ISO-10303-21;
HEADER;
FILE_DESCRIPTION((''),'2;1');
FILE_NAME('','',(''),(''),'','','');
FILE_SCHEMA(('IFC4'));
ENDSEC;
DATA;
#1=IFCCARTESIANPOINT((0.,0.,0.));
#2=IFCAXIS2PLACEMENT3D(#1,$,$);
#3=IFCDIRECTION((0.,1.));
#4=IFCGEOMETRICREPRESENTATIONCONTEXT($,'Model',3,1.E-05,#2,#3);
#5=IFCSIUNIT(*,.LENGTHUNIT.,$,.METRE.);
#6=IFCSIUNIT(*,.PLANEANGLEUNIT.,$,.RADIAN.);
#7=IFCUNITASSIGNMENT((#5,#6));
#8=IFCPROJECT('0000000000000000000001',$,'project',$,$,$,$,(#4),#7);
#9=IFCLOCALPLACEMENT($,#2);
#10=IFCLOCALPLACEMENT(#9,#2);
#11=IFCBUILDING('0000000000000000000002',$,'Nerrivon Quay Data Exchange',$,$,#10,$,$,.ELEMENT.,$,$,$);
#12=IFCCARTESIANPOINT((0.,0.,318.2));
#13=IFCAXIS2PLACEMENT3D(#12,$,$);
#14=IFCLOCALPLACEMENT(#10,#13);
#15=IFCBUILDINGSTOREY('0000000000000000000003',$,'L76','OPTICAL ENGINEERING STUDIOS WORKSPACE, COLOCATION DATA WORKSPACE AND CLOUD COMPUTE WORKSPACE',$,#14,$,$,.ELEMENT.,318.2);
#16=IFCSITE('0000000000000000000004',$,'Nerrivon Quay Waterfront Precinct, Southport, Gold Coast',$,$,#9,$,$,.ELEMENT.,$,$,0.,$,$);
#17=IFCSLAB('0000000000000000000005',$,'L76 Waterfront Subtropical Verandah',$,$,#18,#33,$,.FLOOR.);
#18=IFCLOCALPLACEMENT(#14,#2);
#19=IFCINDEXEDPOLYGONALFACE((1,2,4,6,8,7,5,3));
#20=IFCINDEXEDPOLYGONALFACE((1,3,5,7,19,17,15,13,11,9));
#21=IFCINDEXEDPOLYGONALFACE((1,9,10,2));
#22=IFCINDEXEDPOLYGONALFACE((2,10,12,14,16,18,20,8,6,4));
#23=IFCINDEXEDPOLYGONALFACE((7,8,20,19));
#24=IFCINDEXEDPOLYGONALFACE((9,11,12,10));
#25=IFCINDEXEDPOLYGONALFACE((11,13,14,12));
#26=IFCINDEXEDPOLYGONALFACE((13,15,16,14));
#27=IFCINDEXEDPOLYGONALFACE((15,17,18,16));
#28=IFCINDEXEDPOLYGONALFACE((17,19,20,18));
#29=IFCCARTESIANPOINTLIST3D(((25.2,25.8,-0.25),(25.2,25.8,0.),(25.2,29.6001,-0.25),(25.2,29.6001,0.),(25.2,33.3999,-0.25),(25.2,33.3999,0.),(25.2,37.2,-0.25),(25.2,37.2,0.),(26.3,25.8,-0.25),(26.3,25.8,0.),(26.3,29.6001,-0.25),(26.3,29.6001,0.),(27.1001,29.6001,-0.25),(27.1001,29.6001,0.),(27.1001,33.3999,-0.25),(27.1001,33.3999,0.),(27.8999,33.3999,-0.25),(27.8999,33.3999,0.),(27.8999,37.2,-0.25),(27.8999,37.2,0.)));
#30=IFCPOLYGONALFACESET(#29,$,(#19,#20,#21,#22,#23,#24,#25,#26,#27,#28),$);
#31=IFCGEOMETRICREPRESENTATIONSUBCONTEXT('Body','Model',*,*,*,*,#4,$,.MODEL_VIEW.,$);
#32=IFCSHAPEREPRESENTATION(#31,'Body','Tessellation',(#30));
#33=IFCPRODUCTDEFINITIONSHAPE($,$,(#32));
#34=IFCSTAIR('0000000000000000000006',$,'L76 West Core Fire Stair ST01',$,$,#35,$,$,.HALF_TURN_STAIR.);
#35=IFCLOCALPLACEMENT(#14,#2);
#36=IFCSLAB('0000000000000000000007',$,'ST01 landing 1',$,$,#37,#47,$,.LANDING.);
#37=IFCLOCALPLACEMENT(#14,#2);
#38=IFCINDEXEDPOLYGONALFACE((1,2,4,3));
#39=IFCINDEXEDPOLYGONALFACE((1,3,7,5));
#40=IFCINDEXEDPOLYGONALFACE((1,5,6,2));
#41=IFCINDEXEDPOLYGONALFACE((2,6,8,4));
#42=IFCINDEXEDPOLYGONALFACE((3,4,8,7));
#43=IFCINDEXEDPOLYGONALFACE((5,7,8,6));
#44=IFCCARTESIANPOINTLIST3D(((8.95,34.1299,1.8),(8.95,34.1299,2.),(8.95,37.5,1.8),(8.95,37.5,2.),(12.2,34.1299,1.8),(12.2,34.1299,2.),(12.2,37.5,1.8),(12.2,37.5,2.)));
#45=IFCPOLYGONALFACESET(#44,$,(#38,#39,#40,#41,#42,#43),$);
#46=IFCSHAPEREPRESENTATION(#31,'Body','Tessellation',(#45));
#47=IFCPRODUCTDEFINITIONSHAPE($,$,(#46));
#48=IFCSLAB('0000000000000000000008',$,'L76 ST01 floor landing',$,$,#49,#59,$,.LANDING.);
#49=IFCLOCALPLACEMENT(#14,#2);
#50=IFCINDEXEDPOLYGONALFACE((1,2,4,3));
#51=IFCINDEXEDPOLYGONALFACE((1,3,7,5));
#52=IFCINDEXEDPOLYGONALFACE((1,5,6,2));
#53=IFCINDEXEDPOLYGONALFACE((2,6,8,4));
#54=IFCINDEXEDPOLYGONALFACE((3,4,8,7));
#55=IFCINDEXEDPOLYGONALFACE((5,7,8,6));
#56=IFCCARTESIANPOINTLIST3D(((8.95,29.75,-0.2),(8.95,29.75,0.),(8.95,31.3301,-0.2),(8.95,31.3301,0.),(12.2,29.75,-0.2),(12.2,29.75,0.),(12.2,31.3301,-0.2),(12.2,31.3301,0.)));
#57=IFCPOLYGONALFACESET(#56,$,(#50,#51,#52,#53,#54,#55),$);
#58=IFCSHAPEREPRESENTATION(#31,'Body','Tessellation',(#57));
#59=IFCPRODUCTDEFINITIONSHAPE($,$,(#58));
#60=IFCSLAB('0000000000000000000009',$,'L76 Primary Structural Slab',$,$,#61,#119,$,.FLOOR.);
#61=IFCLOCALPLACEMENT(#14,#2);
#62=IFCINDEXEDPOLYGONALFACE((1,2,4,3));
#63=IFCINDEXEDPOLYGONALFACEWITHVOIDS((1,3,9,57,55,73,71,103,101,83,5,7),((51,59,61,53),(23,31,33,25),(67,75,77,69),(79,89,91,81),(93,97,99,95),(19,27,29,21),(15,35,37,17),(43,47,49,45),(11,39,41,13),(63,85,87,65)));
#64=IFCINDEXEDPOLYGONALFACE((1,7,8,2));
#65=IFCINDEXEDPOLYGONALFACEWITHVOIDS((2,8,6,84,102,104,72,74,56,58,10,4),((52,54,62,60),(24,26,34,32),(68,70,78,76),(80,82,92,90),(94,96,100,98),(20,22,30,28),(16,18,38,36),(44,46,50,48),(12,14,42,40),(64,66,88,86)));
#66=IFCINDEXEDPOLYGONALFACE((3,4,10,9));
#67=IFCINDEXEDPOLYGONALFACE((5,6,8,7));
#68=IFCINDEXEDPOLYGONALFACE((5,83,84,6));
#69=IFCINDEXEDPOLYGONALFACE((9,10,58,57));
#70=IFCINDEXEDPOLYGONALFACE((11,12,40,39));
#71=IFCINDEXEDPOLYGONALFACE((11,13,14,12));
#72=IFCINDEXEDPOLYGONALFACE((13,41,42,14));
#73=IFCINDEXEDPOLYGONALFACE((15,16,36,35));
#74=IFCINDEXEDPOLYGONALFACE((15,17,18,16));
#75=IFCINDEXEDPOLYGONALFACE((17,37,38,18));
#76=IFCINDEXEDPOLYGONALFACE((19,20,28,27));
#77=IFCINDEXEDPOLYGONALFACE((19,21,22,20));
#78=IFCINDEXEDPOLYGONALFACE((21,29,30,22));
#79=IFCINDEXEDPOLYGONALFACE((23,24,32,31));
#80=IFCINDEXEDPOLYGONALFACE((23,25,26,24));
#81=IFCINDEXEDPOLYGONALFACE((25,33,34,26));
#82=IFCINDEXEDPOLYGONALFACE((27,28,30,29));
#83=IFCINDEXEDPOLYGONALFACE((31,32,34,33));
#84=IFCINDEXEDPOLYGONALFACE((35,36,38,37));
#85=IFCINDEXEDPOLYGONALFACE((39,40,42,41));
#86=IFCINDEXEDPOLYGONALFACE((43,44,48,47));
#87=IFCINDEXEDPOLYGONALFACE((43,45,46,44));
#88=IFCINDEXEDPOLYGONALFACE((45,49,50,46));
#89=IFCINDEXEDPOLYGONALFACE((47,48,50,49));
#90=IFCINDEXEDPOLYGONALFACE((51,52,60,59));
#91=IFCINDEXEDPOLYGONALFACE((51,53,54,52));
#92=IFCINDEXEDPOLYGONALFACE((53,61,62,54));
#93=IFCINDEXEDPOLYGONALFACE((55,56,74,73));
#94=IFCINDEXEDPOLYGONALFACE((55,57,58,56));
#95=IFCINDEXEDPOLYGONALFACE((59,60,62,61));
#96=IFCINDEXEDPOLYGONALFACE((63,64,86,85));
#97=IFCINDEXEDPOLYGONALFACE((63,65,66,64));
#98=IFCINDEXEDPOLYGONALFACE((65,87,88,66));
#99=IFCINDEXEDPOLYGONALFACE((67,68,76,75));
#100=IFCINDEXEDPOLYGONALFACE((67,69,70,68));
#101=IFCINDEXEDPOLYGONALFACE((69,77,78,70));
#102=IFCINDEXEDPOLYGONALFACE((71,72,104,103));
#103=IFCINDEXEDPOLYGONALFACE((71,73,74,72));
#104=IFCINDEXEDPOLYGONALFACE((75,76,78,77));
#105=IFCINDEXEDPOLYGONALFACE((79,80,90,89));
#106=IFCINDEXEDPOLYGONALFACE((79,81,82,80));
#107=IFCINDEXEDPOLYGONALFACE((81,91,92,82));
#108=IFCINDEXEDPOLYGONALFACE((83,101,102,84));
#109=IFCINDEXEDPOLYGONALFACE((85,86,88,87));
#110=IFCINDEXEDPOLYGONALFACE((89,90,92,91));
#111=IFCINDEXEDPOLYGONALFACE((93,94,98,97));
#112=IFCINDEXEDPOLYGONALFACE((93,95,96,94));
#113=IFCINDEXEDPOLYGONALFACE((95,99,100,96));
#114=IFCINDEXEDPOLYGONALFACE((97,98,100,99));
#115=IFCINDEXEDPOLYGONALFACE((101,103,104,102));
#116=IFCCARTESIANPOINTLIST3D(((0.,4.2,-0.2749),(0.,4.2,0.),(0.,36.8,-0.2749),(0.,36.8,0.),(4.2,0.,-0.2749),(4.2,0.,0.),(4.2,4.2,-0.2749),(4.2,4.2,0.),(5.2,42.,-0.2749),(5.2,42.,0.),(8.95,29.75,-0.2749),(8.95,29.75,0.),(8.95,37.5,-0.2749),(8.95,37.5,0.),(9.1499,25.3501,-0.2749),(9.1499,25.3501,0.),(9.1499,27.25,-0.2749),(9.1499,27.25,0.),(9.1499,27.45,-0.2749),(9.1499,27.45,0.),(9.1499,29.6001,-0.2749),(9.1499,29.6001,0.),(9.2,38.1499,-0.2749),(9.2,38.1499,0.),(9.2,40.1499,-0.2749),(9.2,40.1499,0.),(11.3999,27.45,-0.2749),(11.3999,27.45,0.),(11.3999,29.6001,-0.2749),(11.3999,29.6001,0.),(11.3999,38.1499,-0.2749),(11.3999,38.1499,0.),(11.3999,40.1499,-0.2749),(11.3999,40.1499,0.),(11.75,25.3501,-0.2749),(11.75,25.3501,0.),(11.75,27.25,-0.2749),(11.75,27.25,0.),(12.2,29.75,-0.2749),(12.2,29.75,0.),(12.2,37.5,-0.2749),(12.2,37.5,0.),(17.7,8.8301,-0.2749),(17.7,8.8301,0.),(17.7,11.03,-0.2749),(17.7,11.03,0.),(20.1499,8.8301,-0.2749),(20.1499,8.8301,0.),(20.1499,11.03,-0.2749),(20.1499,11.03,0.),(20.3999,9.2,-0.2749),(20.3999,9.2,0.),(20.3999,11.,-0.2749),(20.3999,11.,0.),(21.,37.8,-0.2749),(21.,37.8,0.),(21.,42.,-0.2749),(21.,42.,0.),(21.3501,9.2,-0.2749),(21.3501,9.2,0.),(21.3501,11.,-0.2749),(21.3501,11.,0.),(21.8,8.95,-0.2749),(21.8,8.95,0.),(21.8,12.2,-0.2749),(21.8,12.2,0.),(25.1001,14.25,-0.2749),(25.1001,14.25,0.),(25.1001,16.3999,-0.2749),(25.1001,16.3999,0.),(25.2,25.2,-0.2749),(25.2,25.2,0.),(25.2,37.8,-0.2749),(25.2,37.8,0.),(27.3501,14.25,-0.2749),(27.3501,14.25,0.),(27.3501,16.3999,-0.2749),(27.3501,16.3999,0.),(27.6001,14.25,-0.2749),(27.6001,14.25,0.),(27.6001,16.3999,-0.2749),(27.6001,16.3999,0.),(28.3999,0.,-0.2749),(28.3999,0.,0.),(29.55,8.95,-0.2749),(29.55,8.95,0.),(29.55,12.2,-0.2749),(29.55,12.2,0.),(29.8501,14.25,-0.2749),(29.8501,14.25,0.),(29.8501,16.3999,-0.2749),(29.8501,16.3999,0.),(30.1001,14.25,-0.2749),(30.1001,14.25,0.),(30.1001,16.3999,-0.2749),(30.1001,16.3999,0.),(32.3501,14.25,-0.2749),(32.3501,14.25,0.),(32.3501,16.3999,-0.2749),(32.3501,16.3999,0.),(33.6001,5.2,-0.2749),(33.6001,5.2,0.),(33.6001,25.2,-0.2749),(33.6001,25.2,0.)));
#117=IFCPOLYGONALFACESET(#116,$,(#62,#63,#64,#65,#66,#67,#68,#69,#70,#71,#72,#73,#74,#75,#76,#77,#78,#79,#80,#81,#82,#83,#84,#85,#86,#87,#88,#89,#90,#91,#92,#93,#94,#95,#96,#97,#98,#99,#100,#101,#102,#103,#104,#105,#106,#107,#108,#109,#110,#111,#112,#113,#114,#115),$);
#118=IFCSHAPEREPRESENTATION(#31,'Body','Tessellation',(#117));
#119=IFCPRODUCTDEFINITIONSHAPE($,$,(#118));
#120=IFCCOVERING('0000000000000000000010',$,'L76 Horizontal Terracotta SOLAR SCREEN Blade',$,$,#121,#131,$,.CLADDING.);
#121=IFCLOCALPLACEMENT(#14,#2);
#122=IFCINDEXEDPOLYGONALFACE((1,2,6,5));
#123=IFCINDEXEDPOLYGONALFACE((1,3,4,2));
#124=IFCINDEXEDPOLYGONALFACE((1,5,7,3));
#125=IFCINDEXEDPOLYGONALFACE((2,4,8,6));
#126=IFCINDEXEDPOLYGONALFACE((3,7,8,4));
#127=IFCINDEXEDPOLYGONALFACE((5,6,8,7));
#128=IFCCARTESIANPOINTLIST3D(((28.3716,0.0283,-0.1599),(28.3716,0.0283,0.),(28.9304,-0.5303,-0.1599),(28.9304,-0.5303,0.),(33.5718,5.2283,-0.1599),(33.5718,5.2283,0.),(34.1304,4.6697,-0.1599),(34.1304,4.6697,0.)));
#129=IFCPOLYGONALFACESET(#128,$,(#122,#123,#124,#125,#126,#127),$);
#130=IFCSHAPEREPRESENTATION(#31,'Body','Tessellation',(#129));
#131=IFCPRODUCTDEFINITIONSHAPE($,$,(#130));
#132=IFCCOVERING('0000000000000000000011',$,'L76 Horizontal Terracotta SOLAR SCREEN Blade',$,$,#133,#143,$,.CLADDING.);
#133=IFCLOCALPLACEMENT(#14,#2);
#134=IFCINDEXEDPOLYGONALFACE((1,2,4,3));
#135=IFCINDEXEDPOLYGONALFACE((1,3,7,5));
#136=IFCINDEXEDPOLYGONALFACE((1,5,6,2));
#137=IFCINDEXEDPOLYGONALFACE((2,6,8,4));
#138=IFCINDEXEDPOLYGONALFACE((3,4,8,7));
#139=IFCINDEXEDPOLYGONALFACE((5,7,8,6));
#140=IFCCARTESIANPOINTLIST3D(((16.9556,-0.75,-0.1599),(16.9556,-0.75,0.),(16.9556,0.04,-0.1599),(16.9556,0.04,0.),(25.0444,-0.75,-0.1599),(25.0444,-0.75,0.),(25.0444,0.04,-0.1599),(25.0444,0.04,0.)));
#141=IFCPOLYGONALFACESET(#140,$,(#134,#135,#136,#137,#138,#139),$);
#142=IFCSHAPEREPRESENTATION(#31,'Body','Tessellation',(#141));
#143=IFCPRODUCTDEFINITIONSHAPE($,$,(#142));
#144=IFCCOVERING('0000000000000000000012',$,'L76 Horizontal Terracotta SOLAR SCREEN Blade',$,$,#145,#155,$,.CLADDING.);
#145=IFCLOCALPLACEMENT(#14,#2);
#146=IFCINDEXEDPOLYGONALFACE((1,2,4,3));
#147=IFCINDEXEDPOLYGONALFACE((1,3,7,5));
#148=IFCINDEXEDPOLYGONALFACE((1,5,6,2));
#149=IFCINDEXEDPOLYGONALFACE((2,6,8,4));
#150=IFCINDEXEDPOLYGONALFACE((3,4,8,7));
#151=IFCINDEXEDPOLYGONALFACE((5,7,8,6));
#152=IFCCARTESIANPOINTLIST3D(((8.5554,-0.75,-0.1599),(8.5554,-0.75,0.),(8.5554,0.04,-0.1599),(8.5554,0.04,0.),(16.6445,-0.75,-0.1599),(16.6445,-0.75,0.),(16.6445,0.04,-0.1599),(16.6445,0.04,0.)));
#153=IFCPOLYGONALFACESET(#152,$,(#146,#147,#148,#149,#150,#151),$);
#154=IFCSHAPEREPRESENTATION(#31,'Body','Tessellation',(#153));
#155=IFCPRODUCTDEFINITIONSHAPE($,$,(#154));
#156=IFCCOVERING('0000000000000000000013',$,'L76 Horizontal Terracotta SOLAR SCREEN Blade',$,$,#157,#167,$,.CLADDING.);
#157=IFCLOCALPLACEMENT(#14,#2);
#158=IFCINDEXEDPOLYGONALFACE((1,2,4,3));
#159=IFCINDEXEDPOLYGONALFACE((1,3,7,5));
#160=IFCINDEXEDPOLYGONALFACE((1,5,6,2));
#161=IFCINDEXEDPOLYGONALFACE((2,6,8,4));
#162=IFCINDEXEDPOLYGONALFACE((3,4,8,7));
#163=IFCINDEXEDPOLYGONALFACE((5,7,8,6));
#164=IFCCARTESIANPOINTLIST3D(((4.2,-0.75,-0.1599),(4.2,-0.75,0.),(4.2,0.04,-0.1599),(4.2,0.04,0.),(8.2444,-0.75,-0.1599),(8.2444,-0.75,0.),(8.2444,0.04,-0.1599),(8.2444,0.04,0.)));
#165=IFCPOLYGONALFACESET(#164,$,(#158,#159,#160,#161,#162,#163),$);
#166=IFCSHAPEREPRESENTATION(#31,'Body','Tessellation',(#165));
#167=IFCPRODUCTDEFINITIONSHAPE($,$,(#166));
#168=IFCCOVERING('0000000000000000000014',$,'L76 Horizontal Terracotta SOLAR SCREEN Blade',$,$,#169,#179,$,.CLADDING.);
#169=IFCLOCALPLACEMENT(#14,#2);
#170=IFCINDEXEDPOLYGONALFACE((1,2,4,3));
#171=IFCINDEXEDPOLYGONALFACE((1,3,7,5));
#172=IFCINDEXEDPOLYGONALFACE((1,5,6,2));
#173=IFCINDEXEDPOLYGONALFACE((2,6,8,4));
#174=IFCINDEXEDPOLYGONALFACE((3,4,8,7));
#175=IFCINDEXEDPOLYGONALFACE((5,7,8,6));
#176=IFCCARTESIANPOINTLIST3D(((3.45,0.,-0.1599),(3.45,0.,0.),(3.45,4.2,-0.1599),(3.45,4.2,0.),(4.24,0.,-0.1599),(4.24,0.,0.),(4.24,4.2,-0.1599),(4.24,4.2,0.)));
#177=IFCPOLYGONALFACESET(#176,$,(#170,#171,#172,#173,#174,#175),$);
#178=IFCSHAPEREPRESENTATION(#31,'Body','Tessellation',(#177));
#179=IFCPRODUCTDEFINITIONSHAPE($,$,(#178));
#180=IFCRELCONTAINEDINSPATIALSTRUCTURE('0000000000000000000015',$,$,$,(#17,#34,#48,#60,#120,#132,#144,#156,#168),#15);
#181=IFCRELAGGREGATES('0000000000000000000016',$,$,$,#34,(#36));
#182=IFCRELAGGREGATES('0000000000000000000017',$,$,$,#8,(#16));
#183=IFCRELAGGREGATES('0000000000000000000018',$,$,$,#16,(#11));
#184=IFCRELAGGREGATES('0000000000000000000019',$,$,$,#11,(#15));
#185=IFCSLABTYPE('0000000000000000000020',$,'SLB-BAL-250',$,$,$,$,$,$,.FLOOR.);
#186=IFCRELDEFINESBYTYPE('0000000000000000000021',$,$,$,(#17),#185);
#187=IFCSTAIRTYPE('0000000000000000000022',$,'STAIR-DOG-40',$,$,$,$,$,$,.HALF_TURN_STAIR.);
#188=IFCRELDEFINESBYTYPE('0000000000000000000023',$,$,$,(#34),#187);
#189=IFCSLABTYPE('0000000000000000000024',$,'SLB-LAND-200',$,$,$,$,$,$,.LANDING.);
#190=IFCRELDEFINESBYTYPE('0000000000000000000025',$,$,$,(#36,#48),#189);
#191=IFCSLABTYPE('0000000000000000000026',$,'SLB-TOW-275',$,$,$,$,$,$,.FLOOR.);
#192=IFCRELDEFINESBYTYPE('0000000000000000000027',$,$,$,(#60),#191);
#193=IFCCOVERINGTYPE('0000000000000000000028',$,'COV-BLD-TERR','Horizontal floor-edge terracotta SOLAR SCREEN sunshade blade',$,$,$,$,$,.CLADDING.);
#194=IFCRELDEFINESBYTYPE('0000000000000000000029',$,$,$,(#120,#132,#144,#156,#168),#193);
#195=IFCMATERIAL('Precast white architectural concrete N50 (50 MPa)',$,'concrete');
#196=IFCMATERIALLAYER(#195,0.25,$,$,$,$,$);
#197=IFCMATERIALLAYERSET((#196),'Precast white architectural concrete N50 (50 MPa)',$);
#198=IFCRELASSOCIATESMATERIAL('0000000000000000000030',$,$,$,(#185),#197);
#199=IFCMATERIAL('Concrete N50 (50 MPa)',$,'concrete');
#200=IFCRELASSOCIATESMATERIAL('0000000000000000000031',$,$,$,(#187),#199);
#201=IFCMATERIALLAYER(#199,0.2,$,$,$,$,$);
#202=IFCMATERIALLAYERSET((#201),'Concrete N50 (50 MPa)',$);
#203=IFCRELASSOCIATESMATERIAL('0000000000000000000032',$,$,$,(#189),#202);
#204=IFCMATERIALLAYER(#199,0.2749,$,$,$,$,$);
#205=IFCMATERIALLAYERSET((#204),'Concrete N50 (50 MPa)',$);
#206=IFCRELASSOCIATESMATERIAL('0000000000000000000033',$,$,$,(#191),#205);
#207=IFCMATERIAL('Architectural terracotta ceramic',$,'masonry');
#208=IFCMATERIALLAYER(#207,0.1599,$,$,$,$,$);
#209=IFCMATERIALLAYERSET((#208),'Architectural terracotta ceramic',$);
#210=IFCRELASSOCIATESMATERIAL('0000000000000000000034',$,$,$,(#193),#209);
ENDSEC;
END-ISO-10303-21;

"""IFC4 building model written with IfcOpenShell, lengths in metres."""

from ifc_helpers import new_model, si_unit, direction, frame, origin, place, context, subcontext, project, spatial, polyline, outline, extrude, material, layer, layer_set, type_object, element, aggregate, save


model = new_model("IFC4")

# Units and contexts
model_context = context("Model", 3, precision=1e-05, world=origin(), true_north=direction((0.0, 1.0)))
body_context = subcontext(model_context, "Body", "Model", "MODEL_VIEW")
ifc_project = project(units=[si_unit("LENGTHUNIT", "METRE"), si_unit("PLANEANGLEUNIT", "RADIAN")], contexts=[model_context])

# Site, building, storey
site_placement = place(None, origin())
site = spatial("IfcSite", under=ifc_project, at=site_placement, Name="Nerrivon Quay Waterfront Precinct, Southport, Gold Coast", CompositionType="ELEMENT", RefElevation=0.0)
building_placement = place(site_placement, origin())
building = spatial("IfcBuilding", under=site, at=building_placement, Name="Nerrivon Quay Data Exchange", CompositionType="ELEMENT")
storey_placement = place(building_placement, frame((0.0, 0.0, 318.2)))
storey = spatial("IfcBuildingStorey", under=building, at=storey_placement, Name="L76", Description="OPTICAL ENGINEERING STUDIOS WORKSPACE, COLOCATION DATA WORKSPACE AND CLOUD COMPUTE WORKSPACE", CompositionType="ELEMENT", Elevation=318.2)

# Slab
ifc_material_1 = material(Name="Precast white architectural concrete N50 (50 MPa)", Category="concrete")
ifc_layer_1 = layer(ifc_material_1, 0.25)
ifc_layer_set_1 = layer_set([ifc_layer_1], Name="Precast white architectural concrete N50 (50 MPa)")
slab_type_1 = type_object("IfcSlabType", Name="SLB-BAL-250", PredefinedType="FLOOR", material=ifc_layer_set_1)
slab_1_placement = place(storey_placement, frame((0.0, 0.0, -0.25)))
element("IfcSlab", 1, at=slab_1_placement, inside=storey, type_object=slab_type_1, Name="L76 Waterfront Subtropical Verandah", PredefinedType="FLOOR", context=body_context, shape_type="SweptSolid", body=[
    extrude(outline(polyline([(26.3, 29.6001), (27.1001, 29.6001), (27.1001, 33.3999), (27.8999, 33.3999), (27.8999, 37.2), (25.2, 37.2), (25.2, 33.3999), (25.2, 29.6001), (25.2, 25.8), (26.3, 25.8), (26.3, 29.6001)])), origin(), (0.0, 0.0, 1.0), 0.25),
])

# Stair, slab
ifc_material_2 = material(Name="Concrete N50 (50 MPa)", Category="concrete")
stair_type = type_object("IfcStairType", Name="STAIR-DOG-40", PredefinedType="HALF_TURN_STAIR", material=ifc_material_2)
stair_placement = place(storey_placement, origin())
stair = element("IfcStair", 2, at=stair_placement, inside=storey, type_object=stair_type, Name="L76 West Core Fire Stair ST01", PredefinedType="HALF_TURN_STAIR")
ifc_layer_2 = layer(ifc_material_2, 0.2)
ifc_layer_set_2 = layer_set([ifc_layer_2], Name="Concrete N50 (50 MPa)")
slab_type_2 = type_object("IfcSlabType", Name="SLB-LAND-200", PredefinedType="LANDING", material=ifc_layer_set_2)
slab_2_placement = place(storey_placement, frame((0.0, 0.0, 1.8)))
slab_2 = element("IfcSlab", 3, at=slab_2_placement, type_object=slab_type_2, Name="ST01 landing 1", PredefinedType="LANDING", context=body_context, shape_type="SweptSolid", body=[
    extrude(outline(polyline([(12.2, 34.1299), (12.2, 37.5), (8.95, 37.5), (8.95, 34.1299), (12.2, 34.1299)])), origin(), (0.0, 0.0, 1.0), 0.2),
])
aggregate(stair, [slab_2])

# Slabs
slab_3_placement = place(storey_placement, frame((0.0, 0.0, -0.2)))
element("IfcSlab", 4, at=slab_3_placement, inside=storey, type_object=slab_type_2, Name="L76 ST01 floor landing", PredefinedType="LANDING", context=body_context, shape_type="SweptSolid", body=[
    extrude(outline(polyline([(12.2, 29.75), (12.2, 31.3301), (8.95, 31.3301), (8.95, 29.75), (12.2, 29.75)])), origin(), (0.0, 0.0, 1.0), 0.2),
])
ifc_layer_3 = layer(ifc_material_2, 0.2749)
ifc_layer_set_3 = layer_set([ifc_layer_3], Name="Concrete N50 (50 MPa)")
slab_type_3 = type_object("IfcSlabType", Name="SLB-TOW-275", PredefinedType="FLOOR", material=ifc_layer_set_3)
slab_4_placement = place(storey_placement, frame((0.0, 0.0, -0.2749)))
element("IfcSlab", 5, at=slab_4_placement, inside=storey, type_object=slab_type_3, Name="L76 Primary Structural Slab", PredefinedType="FLOOR", context=body_context, shape_type="SweptSolid", body=[
    extrude(outline(polyline([(33.6001, 25.2), (25.2, 25.2), (25.2, 37.8), (21.0, 37.8), (21.0, 42.0), (5.2, 42.0), (0.0, 36.8), (0.0, 4.2), (4.2, 4.2), (4.2, 0.0), (28.3999, 0.0), (33.6001, 5.2), (33.6001, 25.2)]), holes=[polyline([(8.95, 29.75), (8.95, 37.5), (12.2, 37.5), (12.2, 29.75), (8.95, 29.75)]), polyline([(21.8, 12.2), (29.55, 12.2), (29.55, 8.95), (21.8, 8.95), (21.8, 12.2)]), polyline([(30.1001, 14.25), (30.1001, 16.3999), (32.3501, 16.3999), (32.3501, 14.25), (30.1001, 14.25)]), polyline([(27.6001, 14.25), (27.6001, 16.3999), (29.8501, 16.3999), (29.8501, 14.25), (27.6001, 14.25)]), polyline([(25.1001, 14.25), (25.1001, 16.3999), (27.3501, 16.3999), (27.3501, 14.25), (25.1001, 14.25)]), polyline([(20.3999, 9.2), (20.3999, 11.0), (21.3501, 11.0), (21.3501, 9.2), (20.3999, 9.2)]), polyline([(17.7, 8.8301), (17.7, 11.03), (20.1499, 11.03), (20.1499, 8.8301), (17.7, 8.8301)]), polyline([(9.1499, 25.3501), (9.1499, 27.25), (11.75, 27.25), (11.75, 25.3501), (9.1499, 25.3501)]), polyline([(9.1499, 27.45), (9.1499, 29.6001), (11.3999, 29.6001), (11.3999, 27.45), (9.1499, 27.45)]), polyline([(9.2, 38.1499), (9.2, 40.1499), (11.3999, 40.1499), (11.3999, 38.1499), (9.2, 38.1499)])]), origin(), (0.0, 0.0, 1.0), 0.2749),
])

# Coverings
ifc_material_3 = material(Name="Architectural terracotta ceramic", Category="masonry")
ifc_layer_4 = layer(ifc_material_3, 0.1599)
ifc_layer_set_4 = layer_set([ifc_layer_4], Name="Architectural terracotta ceramic")
covering_type = type_object("IfcCoveringType", Name="COV-BLD-TERR", Description="Horizontal floor-edge terracotta SOLAR SCREEN sunshade blade", PredefinedType="CLADDING", material=ifc_layer_set_4)
covering_1_placement = place(storey_placement, frame((0.0, 0.0, -0.1599)))
element("IfcCovering", 6, at=covering_1_placement, inside=storey, type_object=covering_type, Name="L76 Horizontal Terracotta SOLAR SCREEN Blade", PredefinedType="CLADDING", context=body_context, shape_type="SweptSolid", body=[
    extrude(outline(polyline([(33.5718, 5.2283), (28.3716, 0.0283), (28.9304, -0.5303), (34.1304, 4.6697), (33.5718, 5.2283)])), origin(), (0.0, 0.0, 1.0), 0.1599),
])
covering_2_placement = place(storey_placement, frame((0.0, 0.0, -0.1599)))
element("IfcCovering", 7, at=covering_2_placement, inside=storey, type_object=covering_type, Name="L76 Horizontal Terracotta SOLAR SCREEN Blade", PredefinedType="CLADDING", context=body_context, shape_type="SweptSolid", body=[
    extrude(outline(polyline([(25.0444, 0.04), (16.9556, 0.04), (16.9556, -0.75), (25.0444, -0.75), (25.0444, 0.04)])), origin(), (0.0, 0.0, 1.0), 0.1599),
])
covering_3_placement = place(storey_placement, frame((0.0, 0.0, -0.1599)))
element("IfcCovering", 8, at=covering_3_placement, inside=storey, type_object=covering_type, Name="L76 Horizontal Terracotta SOLAR SCREEN Blade", PredefinedType="CLADDING", context=body_context, shape_type="SweptSolid", body=[
    extrude(outline(polyline([(16.6445, 0.04), (8.5554, 0.04), (8.5554, -0.75), (16.6445, -0.75), (16.6445, 0.04)])), origin(), (0.0, 0.0, 1.0), 0.1599),
])
covering_4_placement = place(storey_placement, frame((0.0, 0.0, -0.1599)))
element("IfcCovering", 9, at=covering_4_placement, inside=storey, type_object=covering_type, Name="L76 Horizontal Terracotta SOLAR SCREEN Blade", PredefinedType="CLADDING", context=body_context, shape_type="SweptSolid", body=[
    extrude(outline(polyline([(8.2444, 0.04), (4.2, 0.04), (4.2, -0.75), (8.2444, -0.75), (8.2444, 0.04)])), origin(), (0.0, 0.0, 1.0), 0.1599),
])
covering_5_placement = place(storey_placement, frame((0.0, 0.0, -0.1599)))
element("IfcCovering", 10, at=covering_5_placement, inside=storey, type_object=covering_type, Name="L76 Horizontal Terracotta SOLAR SCREEN Blade", PredefinedType="CLADDING", context=body_context, shape_type="SweptSolid", body=[
    extrude(outline(polyline([(4.24, 0.0), (4.24, 4.2), (3.45, 4.2), (3.45, 0.0), (4.24, 0.0)])), origin(), (0.0, 0.0, 1.0), 0.1599),
])

save(model, "model.ifc")
